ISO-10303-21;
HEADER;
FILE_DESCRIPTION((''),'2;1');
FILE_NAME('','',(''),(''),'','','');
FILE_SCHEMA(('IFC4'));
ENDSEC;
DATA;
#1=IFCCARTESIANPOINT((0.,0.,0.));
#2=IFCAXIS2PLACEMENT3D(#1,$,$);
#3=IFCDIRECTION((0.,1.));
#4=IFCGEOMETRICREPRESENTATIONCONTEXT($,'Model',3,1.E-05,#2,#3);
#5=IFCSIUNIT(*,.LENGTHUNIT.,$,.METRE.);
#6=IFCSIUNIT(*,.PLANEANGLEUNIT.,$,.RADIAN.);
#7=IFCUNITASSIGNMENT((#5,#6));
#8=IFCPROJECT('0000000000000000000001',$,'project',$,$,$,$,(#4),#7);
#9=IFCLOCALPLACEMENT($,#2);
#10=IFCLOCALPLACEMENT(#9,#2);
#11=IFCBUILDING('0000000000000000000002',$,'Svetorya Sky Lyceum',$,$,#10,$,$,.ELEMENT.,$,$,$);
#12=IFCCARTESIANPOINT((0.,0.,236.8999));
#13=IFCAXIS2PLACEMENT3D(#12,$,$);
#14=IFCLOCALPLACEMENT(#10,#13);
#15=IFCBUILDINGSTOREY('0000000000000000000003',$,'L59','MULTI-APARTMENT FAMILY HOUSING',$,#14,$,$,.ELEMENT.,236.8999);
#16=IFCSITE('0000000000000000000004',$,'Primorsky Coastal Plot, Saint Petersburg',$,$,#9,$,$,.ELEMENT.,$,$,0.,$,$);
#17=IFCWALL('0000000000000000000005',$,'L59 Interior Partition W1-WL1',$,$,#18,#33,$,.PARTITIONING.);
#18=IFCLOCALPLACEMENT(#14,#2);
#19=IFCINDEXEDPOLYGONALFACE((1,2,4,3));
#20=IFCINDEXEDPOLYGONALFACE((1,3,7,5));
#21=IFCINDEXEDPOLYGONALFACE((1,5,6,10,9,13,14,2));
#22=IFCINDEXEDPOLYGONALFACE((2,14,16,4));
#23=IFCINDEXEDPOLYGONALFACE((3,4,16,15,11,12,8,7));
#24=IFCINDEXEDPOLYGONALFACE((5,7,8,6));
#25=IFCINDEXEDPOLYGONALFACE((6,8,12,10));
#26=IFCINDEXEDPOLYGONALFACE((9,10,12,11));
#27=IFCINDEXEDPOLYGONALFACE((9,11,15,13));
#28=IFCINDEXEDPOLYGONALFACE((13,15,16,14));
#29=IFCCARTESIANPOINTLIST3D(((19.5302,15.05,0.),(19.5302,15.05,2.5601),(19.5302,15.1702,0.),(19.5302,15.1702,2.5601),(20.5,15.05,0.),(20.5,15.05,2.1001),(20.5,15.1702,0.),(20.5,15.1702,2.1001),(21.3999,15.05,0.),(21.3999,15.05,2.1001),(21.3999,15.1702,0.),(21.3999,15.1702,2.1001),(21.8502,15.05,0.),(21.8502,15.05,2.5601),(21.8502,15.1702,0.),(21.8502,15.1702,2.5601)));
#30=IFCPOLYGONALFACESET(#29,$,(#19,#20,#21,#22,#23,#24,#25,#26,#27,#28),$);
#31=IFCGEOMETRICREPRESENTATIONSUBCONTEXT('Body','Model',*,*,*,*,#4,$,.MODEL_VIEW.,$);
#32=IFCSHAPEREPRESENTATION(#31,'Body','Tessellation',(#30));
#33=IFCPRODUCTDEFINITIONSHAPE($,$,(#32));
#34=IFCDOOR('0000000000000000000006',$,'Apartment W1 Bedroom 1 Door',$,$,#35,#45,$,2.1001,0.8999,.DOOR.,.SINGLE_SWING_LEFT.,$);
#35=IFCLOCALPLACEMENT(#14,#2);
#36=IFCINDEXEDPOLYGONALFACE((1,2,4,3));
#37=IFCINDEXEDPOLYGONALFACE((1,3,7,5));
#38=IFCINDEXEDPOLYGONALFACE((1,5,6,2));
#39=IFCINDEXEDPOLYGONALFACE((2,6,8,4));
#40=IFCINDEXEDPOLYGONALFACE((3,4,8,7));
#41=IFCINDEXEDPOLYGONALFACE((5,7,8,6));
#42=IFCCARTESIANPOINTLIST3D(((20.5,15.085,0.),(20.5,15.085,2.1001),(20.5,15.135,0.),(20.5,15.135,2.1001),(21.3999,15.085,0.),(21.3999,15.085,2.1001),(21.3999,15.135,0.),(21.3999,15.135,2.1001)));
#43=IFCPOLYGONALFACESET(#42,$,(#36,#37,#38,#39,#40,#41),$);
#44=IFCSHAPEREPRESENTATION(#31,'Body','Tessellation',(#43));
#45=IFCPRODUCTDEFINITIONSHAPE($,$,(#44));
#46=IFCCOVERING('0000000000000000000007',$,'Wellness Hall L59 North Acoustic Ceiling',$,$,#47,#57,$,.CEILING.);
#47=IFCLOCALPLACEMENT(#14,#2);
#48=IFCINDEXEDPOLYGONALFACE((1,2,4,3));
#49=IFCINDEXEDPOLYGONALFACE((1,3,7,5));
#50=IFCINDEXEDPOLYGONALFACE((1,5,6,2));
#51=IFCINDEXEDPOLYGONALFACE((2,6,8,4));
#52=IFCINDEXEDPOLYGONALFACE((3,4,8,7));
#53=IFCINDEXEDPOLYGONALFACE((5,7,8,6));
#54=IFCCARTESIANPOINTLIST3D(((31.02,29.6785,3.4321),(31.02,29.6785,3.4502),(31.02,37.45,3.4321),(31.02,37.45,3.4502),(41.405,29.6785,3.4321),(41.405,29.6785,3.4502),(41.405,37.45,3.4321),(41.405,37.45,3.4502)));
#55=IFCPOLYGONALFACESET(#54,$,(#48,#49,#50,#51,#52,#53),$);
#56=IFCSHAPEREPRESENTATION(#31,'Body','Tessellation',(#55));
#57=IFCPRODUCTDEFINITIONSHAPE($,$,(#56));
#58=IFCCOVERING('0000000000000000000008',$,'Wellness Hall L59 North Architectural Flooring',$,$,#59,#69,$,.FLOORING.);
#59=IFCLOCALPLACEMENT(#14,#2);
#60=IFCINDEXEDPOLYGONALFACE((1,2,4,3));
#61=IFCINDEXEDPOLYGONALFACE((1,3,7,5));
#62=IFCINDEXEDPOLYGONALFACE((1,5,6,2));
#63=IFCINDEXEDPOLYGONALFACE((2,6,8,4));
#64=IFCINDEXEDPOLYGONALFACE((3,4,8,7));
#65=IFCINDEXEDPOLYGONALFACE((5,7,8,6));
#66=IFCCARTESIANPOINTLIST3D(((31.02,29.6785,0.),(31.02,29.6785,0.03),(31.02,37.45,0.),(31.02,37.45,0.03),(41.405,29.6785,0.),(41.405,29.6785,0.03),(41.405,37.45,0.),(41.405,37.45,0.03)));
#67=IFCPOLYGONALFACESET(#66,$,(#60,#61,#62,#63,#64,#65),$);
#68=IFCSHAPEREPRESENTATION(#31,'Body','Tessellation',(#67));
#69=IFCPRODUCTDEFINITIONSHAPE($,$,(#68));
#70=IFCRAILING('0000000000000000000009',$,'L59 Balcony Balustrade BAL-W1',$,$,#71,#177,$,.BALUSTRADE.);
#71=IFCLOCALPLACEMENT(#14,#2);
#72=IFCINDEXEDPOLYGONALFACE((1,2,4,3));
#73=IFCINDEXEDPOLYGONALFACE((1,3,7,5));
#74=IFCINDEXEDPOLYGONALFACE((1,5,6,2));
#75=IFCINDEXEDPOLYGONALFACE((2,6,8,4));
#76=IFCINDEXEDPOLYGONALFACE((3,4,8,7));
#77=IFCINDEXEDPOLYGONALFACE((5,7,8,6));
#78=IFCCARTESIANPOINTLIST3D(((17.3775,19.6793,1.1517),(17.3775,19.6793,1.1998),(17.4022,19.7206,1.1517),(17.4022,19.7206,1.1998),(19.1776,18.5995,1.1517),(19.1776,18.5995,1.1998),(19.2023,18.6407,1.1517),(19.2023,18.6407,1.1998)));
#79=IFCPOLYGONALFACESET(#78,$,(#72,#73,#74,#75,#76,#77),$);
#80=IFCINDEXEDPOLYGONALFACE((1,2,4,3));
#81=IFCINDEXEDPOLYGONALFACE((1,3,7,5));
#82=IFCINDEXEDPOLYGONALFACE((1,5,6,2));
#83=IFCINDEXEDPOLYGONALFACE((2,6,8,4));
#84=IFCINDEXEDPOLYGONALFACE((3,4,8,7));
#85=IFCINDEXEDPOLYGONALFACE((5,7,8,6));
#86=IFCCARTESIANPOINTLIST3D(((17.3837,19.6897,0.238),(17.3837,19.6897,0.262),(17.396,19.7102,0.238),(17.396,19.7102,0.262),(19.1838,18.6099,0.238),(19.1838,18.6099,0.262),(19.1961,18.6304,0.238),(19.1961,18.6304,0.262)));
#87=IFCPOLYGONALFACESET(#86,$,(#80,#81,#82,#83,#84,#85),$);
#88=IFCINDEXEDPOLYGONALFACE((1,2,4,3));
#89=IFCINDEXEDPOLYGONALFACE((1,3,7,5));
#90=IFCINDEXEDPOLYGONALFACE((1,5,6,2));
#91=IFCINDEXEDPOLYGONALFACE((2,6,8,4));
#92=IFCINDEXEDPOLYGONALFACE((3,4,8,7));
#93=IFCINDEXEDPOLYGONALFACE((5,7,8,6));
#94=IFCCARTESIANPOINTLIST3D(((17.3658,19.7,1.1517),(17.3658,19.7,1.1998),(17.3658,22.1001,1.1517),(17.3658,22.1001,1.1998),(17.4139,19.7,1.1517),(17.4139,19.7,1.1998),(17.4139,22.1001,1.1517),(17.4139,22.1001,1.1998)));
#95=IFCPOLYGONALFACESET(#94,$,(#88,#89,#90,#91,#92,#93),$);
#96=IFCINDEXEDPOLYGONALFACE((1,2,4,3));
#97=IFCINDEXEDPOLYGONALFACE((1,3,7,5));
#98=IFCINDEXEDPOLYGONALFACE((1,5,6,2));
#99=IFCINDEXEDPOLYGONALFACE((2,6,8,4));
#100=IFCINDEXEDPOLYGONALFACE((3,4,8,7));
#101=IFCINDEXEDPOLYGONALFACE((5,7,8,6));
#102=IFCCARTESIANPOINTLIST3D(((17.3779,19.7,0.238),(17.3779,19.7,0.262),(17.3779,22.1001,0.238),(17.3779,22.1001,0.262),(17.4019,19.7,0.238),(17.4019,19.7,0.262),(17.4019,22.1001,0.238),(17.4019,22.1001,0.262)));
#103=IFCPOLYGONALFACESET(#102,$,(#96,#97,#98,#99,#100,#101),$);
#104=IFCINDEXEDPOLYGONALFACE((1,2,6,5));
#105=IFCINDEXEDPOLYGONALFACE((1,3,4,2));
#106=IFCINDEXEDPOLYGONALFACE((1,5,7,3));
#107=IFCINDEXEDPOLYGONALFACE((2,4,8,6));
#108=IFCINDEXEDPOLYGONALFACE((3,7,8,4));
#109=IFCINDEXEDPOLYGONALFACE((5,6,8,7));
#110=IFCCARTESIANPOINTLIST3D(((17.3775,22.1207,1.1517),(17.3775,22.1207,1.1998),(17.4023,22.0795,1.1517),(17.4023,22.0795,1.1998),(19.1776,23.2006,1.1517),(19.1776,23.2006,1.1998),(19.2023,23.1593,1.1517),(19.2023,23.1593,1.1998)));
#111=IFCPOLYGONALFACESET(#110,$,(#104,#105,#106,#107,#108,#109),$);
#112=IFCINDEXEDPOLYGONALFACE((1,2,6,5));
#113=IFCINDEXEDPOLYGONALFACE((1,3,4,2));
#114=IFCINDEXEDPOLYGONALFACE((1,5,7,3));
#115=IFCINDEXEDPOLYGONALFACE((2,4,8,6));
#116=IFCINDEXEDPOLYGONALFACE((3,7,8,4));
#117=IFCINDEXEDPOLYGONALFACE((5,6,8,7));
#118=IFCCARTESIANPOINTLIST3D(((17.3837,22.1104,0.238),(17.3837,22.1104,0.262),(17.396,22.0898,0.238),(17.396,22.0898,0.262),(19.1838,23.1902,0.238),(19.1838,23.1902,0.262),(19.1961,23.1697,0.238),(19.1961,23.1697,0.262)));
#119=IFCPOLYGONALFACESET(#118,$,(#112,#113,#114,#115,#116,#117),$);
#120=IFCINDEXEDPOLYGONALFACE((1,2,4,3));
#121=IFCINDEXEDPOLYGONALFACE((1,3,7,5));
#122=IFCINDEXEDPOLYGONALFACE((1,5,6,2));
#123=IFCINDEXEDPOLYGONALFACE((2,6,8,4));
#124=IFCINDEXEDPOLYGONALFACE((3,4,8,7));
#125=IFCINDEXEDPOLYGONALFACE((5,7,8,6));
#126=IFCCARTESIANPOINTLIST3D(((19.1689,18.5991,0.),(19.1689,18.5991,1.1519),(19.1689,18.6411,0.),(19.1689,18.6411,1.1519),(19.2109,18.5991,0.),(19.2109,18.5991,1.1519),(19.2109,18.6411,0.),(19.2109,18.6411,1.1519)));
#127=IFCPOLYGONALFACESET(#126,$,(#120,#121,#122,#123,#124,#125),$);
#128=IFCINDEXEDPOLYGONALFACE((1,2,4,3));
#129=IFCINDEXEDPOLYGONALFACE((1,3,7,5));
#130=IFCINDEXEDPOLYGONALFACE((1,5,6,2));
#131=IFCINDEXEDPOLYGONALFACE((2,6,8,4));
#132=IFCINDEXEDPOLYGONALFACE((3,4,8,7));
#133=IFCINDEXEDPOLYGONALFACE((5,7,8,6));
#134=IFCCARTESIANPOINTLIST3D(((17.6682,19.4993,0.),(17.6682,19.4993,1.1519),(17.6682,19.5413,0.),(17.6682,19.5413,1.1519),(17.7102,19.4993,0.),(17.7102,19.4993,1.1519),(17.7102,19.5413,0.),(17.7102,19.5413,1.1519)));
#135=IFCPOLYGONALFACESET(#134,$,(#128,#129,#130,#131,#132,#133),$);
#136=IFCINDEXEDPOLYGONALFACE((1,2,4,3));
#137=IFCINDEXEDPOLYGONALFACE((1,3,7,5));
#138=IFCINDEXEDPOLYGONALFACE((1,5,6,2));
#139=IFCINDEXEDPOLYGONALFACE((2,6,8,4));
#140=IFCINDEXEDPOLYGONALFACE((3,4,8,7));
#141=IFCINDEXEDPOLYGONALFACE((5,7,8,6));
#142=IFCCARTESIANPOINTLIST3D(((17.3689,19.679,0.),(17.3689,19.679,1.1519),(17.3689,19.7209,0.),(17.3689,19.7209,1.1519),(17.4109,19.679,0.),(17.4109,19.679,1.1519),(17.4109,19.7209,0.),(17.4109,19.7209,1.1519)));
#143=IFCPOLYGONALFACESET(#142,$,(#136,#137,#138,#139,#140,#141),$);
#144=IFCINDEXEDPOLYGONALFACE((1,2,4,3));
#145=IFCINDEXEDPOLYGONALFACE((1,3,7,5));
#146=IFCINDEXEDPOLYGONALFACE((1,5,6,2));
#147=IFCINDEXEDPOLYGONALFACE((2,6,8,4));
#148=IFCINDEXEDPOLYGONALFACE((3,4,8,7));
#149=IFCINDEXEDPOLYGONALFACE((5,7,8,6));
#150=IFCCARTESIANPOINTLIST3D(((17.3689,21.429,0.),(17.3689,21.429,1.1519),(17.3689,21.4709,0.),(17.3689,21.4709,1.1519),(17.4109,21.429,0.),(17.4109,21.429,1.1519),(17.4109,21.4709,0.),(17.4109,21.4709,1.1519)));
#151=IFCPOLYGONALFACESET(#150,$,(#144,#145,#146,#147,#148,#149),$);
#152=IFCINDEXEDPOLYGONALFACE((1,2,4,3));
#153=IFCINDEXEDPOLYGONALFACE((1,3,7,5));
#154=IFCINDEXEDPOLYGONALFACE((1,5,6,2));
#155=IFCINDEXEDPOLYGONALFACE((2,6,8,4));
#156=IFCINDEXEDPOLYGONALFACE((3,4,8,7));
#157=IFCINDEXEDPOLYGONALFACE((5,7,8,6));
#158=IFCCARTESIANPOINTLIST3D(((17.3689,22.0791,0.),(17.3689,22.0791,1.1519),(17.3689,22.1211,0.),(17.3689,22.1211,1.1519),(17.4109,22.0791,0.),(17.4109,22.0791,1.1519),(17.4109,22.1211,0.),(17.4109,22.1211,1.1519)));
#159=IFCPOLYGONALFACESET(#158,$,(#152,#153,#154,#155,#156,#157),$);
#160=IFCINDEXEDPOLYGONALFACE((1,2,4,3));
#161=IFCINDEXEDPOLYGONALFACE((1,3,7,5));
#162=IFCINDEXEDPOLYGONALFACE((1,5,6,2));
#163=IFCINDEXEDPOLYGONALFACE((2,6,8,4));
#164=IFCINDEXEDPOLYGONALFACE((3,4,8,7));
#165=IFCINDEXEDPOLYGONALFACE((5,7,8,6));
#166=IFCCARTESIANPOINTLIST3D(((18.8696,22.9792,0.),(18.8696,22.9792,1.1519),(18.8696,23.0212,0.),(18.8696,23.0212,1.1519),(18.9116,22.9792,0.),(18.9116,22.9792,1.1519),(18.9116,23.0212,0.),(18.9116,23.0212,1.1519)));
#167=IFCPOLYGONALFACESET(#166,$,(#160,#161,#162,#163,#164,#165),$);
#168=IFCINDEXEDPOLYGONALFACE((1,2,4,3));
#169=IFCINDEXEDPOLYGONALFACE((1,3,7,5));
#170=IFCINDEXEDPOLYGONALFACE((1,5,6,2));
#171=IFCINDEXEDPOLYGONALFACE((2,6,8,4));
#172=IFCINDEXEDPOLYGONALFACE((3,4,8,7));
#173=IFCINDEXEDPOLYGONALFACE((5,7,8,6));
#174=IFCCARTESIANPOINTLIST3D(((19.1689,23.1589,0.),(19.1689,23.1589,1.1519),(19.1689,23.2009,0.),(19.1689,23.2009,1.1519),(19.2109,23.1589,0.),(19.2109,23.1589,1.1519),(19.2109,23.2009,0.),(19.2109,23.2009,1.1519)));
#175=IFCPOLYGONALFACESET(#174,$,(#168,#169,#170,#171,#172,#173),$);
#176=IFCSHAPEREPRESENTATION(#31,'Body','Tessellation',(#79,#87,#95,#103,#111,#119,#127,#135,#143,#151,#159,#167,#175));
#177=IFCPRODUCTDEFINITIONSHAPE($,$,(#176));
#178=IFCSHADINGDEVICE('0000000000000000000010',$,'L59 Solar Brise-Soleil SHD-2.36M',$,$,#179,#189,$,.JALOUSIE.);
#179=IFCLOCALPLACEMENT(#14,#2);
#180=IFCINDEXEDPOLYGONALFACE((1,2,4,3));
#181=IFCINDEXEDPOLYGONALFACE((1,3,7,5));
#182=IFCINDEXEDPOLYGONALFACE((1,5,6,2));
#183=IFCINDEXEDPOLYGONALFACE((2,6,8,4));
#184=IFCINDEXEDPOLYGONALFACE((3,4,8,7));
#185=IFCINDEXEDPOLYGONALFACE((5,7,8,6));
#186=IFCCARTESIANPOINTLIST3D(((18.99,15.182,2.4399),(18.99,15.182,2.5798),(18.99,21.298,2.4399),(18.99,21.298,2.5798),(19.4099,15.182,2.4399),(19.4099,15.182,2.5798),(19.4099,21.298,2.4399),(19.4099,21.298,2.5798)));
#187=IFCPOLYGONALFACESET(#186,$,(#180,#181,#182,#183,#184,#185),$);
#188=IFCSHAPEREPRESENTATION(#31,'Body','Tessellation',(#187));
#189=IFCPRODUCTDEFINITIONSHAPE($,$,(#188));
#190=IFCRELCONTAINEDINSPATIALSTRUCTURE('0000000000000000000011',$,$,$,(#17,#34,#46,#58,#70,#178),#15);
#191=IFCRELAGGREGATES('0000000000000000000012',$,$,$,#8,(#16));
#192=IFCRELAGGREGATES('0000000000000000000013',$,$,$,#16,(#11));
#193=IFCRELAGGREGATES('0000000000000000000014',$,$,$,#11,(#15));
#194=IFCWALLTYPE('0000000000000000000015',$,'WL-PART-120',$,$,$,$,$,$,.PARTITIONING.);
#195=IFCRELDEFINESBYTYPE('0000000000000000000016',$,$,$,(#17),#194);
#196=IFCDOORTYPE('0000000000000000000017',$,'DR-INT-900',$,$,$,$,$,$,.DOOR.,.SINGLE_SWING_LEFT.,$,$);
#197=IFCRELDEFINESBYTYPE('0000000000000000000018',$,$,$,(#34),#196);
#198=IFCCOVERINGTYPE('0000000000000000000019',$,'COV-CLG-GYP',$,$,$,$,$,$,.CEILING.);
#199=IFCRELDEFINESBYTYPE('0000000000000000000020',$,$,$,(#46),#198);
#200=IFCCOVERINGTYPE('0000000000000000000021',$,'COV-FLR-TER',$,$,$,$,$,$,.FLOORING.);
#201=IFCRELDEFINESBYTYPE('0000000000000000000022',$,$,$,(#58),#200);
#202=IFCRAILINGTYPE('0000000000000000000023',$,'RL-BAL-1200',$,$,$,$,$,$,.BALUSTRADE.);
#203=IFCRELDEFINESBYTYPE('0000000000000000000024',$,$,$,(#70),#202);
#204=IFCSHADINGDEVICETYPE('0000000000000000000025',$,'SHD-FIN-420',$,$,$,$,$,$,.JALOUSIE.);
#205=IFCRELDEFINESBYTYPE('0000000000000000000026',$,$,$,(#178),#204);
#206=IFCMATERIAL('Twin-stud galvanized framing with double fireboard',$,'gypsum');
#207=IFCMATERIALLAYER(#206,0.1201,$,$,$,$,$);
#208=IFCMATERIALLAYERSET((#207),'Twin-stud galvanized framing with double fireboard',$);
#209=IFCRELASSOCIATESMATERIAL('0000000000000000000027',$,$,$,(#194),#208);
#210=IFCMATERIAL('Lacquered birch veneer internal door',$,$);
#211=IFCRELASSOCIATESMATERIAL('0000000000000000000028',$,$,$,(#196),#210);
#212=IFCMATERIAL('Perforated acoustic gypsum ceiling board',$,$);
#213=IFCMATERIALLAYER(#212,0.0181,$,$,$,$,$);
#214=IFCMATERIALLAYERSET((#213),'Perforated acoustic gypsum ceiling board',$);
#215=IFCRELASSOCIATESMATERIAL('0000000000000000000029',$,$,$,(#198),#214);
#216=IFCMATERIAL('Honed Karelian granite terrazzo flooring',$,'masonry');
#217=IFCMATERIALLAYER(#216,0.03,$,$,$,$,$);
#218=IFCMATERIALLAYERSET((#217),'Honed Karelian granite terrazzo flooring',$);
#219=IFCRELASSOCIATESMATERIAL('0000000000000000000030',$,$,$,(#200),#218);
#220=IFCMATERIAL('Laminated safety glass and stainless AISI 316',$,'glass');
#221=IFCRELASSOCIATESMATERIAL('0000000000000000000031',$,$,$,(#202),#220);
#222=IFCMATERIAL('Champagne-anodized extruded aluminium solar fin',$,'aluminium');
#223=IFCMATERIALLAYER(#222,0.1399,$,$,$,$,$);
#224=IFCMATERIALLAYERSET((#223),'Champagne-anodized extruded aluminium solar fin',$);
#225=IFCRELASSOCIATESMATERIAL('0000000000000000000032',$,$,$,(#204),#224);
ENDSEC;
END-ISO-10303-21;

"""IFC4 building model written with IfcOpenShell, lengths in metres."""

from ifc_helpers import new_model, si_unit, direction, frame, frame_2d, origin, origin_2d, place, context, subcontext, project, spatial, polyline, rectangle, outline, extrude, material, layer, layer_set, type_object, element, fill, save


model = new_model("IFC4")

# Units and contexts
model_context = context("Model", 3, precision=1e-05, world=origin(), true_north=direction((0.0, 1.0)))
body_context = subcontext(model_context, "Body", "Model", "MODEL_VIEW")
ifc_project = project(units=[si_unit("LENGTHUNIT", "METRE"), si_unit("PLANEANGLEUNIT", "RADIAN")], contexts=[model_context])

# Site, building, storey
site_placement = place(None, origin())
site = spatial("IfcSite", under=ifc_project, at=site_placement, Name="Primorsky Coastal Plot, Saint Petersburg", CompositionType="ELEMENT", RefElevation=0.0)
building_placement = place(site_placement, origin())
building = spatial("IfcBuilding", under=site, at=building_placement, Name="Svetorya Sky Lyceum", CompositionType="ELEMENT")
storey_placement = place(building_placement, frame((0.0, 0.0, 236.8999)))
storey = spatial("IfcBuildingStorey", under=building, at=storey_placement, Name="L59", Description="MULTI-APARTMENT FAMILY HOUSING", CompositionType="ELEMENT", Elevation=236.8999)

# Wall, opening, door
ifc_material_1 = material(Name="Twin-stud galvanized framing with double fireboard", Category="gypsum")
ifc_layer_1 = layer(ifc_material_1, 0.1201)
ifc_layer_set_1 = layer_set([ifc_layer_1], Name="Twin-stud galvanized framing with double fireboard")
wall_type_1 = type_object("IfcWallType", Name="WL-PART-120", PredefinedType="PARTITIONING", material=ifc_layer_set_1)
wall_1_placement = place(storey_placement, frame((19.53, 15.1101, 0.0), z_axis=(0.0, 0.0, 1.0), x_axis=(1.0, 0.0, 0.0)))
wall_1 = element("IfcWall", 1, at=wall_1_placement, inside=storey, type_object=wall_type_1, Name="L59 Interior Partition W1-WL1", PredefinedType="PARTITIONING", context=body_context, shape_type="SweptSolid", body=[
    extrude(rectangle(XDim=2.3201, YDim=0.1201, at=frame_2d((1.1602, 0.0))), origin(), (0.0, 0.0, 1.0), 2.5601),
])
opening_placement = place(wall_1_placement, frame((0.97, 0.0, 0.0)))
opening = element("IfcOpeningElement", 2, at=opening_placement, cuts=wall_1, PredefinedType="OPENING", context=body_context, shape_type="SweptSolid", body=[
    extrude(rectangle(XDim=0.8999, YDim=2.1001, at=frame_2d((0.45, 1.05))), frame((0.0, 0.0701, 0.0), z_axis=(0.0, -1.0, 0.0), x_axis=(1.0, 0.0, 0.0)), (0.0, 0.0, 1.0), 0.1401),
])
ifc_material_2 = material(Name="Lacquered birch veneer internal door")
door_type = type_object("IfcDoorType", Name="DR-INT-900", OperationType="SINGLE_SWING_LEFT", PredefinedType="DOOR", material=ifc_material_2)
door_placement = place(opening_placement, origin())
door = element("IfcDoor", 3, at=door_placement, inside=storey, type_object=door_type, Name="Apartment W1 Bedroom 1 Door", OperationType="SINGLE_SWING_LEFT", OverallHeight=2.1001, OverallWidth=0.8999, PredefinedType="DOOR", context=body_context, shape_type="SweptSolid", body=[
    extrude(rectangle(XDim=0.8999, YDim=2.1001, at=frame_2d((0.45, 1.05))), frame((0.0, 0.0249, 0.0), z_axis=(0.0, -1.0, 0.0), x_axis=(1.0, 0.0, 0.0)), (0.0, 0.0, 1.0), 0.05),
])
fill(opening, door)

# Coverings
ifc_material_3 = material(Name="Perforated acoustic gypsum ceiling board")
ifc_layer_2 = layer(ifc_material_3, 0.0181)
ifc_layer_set_2 = layer_set([ifc_layer_2], Name="Perforated acoustic gypsum ceiling board")
covering_type_1 = type_object("IfcCoveringType", Name="COV-CLG-GYP", PredefinedType="CEILING", material=ifc_layer_set_2)
covering_1_placement = place(storey_placement, frame((0.0, 0.0, 3.4321)))
element("IfcCovering", 4, at=covering_1_placement, inside=storey, type_object=covering_type_1, Name="Wellness Hall L59 North Acoustic Ceiling", PredefinedType="CEILING", context=body_context, shape_type="SweptSolid", body=[
    extrude(outline(polyline([(31.02, 29.6785), (41.405, 29.6785), (41.405, 37.45), (31.02, 37.45), (31.02, 29.6785)])), origin(), (0.0, 0.0, 1.0), 0.0181),
])
ifc_material_4 = material(Name="Honed Karelian granite terrazzo flooring", Category="masonry")
ifc_layer_3 = layer(ifc_material_4, 0.03)
ifc_layer_set_3 = layer_set([ifc_layer_3], Name="Honed Karelian granite terrazzo flooring")
covering_type_2 = type_object("IfcCoveringType", Name="COV-FLR-TER", PredefinedType="FLOORING", material=ifc_layer_set_3)
covering_2_placement = place(storey_placement, origin())
element("IfcCovering", 5, at=covering_2_placement, inside=storey, type_object=covering_type_2, Name="Wellness Hall L59 North Architectural Flooring", PredefinedType="FLOORING", context=body_context, shape_type="SweptSolid", body=[
    extrude(outline(polyline([(31.02, 29.6785), (41.405, 29.6785), (41.405, 37.45), (31.02, 37.45), (31.02, 29.6785)])), origin(), (0.0, 0.0, 1.0), 0.03),
])

# Railing
ifc_material_5 = material(Name="Laminated safety glass and stainless AISI 316", Category="glass")
railing_type = type_object("IfcRailingType", Name="RL-BAL-1200", PredefinedType="BALUSTRADE", material=ifc_material_5)
railing_placement = place(storey_placement, frame((19.1899, 18.6201, 0.0)))
element("IfcRailing", 6, at=railing_placement, inside=storey, type_object=railing_type, Name="L59 Balcony Balustrade BAL-W1", PredefinedType="BALUSTRADE", context=body_context, shape_type="SweptSolid", body=[
    extrude(rectangle(XDim=0.0481, YDim=0.0481, at=origin_2d()), frame((0.0, 0.0, 1.1758), z_axis=(-0.857534, 0.514427, 0.0), x_axis=(-0.514427, -0.857534, 0.0)), (0.0, 0.0, 1.0), 2.0991),
    extrude(rectangle(XDim=0.0239, YDim=0.0239, at=origin_2d()), frame((0.0, 0.0, 0.25), z_axis=(-0.857534, 0.514427, 0.0), x_axis=(-0.514427, -0.857534, 0.0)), (0.0, 0.0, 1.0), 2.0991),
    extrude(rectangle(XDim=0.0481, YDim=0.0481, at=origin_2d()), frame((-1.8, 1.0798, 1.1758), z_axis=(0.0, 1.0, 0.0), x_axis=(-1.0, 0.0, 0.0)), (0.0, 0.0, 1.0), 2.4001),
    extrude(rectangle(XDim=0.0239, YDim=0.0239, at=origin_2d()), frame((-1.8, 1.0798, 0.25), z_axis=(0.0, 1.0, 0.0), x_axis=(-1.0, 0.0, 0.0)), (0.0, 0.0, 1.0), 2.4001),
    extrude(rectangle(XDim=0.0481, YDim=0.0481, at=origin_2d()), frame((-1.8, 3.48, 1.1758), z_axis=(0.857534, 0.514427, 0.0), x_axis=(-0.514427, 0.857534, 0.0)), (0.0, 0.0, 1.0), 2.0991),
    extrude(rectangle(XDim=0.0239, YDim=0.0239, at=origin_2d()), frame((-1.8, 3.48, 0.25), z_axis=(0.857534, 0.514427, 0.0), x_axis=(-0.514427, 0.857534, 0.0)), (0.0, 0.0, 1.0), 2.0991),
    extrude(rectangle(XDim=0.042, YDim=0.042, at=origin_2d()), origin(), (0.0, 0.0, 1.0), 1.1519),
    extrude(rectangle(XDim=0.042, YDim=0.042, at=origin_2d()), frame((-1.5007, 0.9001, 0.0)), (0.0, 0.0, 1.0), 1.1519),
    extrude(rectangle(XDim=0.042, YDim=0.042, at=origin_2d()), frame((-1.8, 1.0798, 0.0)), (0.0, 0.0, 1.0), 1.1519),
    extrude(rectangle(XDim=0.042, YDim=0.042, at=origin_2d()), frame((-1.8, 2.8298, 0.0)), (0.0, 0.0, 1.0), 1.1519),
    extrude(rectangle(XDim=0.042, YDim=0.042, at=origin_2d()), frame((-1.8, 3.48, 0.0)), (0.0, 0.0, 1.0), 1.1519),
    extrude(rectangle(XDim=0.042, YDim=0.042, at=origin_2d()), frame((-0.2993, 4.3801, 0.0)), (0.0, 0.0, 1.0), 1.1519),
    extrude(rectangle(XDim=0.042, YDim=0.042, at=origin_2d()), frame((0.0, 4.5598, 0.0)), (0.0, 0.0, 1.0), 1.1519),
])

# Shading device
ifc_material_6 = material(Name="Champagne-anodized extruded aluminium solar fin", Category="aluminium")
ifc_layer_4 = layer(ifc_material_6, 0.1399)
ifc_layer_set_4 = layer_set([ifc_layer_4], Name="Champagne-anodized extruded aluminium solar fin")
shading_device_type = type_object("IfcShadingDeviceType", Name="SHD-FIN-420", PredefinedType="JALOUSIE", material=ifc_layer_set_4)
shading_device_placement = place(storey_placement, frame((19.2, 18.24, 2.4399), z_axis=(0.0, 0.0, 1.0), x_axis=(1.0, 0.0, 0.0)))
element("IfcShadingDevice", 7, at=shading_device_placement, inside=storey, type_object=shading_device_type, Name="L59 Solar Brise-Soleil SHD-2.36M", PredefinedType="JALOUSIE", context=body_context, shape_type="SweptSolid", body=[
    extrude(rectangle(XDim=0.4199, YDim=6.116, at=origin_2d()), origin(), (0.0, 0.0, 1.0), 0.1399),
])

save(model, "model.ifc")
